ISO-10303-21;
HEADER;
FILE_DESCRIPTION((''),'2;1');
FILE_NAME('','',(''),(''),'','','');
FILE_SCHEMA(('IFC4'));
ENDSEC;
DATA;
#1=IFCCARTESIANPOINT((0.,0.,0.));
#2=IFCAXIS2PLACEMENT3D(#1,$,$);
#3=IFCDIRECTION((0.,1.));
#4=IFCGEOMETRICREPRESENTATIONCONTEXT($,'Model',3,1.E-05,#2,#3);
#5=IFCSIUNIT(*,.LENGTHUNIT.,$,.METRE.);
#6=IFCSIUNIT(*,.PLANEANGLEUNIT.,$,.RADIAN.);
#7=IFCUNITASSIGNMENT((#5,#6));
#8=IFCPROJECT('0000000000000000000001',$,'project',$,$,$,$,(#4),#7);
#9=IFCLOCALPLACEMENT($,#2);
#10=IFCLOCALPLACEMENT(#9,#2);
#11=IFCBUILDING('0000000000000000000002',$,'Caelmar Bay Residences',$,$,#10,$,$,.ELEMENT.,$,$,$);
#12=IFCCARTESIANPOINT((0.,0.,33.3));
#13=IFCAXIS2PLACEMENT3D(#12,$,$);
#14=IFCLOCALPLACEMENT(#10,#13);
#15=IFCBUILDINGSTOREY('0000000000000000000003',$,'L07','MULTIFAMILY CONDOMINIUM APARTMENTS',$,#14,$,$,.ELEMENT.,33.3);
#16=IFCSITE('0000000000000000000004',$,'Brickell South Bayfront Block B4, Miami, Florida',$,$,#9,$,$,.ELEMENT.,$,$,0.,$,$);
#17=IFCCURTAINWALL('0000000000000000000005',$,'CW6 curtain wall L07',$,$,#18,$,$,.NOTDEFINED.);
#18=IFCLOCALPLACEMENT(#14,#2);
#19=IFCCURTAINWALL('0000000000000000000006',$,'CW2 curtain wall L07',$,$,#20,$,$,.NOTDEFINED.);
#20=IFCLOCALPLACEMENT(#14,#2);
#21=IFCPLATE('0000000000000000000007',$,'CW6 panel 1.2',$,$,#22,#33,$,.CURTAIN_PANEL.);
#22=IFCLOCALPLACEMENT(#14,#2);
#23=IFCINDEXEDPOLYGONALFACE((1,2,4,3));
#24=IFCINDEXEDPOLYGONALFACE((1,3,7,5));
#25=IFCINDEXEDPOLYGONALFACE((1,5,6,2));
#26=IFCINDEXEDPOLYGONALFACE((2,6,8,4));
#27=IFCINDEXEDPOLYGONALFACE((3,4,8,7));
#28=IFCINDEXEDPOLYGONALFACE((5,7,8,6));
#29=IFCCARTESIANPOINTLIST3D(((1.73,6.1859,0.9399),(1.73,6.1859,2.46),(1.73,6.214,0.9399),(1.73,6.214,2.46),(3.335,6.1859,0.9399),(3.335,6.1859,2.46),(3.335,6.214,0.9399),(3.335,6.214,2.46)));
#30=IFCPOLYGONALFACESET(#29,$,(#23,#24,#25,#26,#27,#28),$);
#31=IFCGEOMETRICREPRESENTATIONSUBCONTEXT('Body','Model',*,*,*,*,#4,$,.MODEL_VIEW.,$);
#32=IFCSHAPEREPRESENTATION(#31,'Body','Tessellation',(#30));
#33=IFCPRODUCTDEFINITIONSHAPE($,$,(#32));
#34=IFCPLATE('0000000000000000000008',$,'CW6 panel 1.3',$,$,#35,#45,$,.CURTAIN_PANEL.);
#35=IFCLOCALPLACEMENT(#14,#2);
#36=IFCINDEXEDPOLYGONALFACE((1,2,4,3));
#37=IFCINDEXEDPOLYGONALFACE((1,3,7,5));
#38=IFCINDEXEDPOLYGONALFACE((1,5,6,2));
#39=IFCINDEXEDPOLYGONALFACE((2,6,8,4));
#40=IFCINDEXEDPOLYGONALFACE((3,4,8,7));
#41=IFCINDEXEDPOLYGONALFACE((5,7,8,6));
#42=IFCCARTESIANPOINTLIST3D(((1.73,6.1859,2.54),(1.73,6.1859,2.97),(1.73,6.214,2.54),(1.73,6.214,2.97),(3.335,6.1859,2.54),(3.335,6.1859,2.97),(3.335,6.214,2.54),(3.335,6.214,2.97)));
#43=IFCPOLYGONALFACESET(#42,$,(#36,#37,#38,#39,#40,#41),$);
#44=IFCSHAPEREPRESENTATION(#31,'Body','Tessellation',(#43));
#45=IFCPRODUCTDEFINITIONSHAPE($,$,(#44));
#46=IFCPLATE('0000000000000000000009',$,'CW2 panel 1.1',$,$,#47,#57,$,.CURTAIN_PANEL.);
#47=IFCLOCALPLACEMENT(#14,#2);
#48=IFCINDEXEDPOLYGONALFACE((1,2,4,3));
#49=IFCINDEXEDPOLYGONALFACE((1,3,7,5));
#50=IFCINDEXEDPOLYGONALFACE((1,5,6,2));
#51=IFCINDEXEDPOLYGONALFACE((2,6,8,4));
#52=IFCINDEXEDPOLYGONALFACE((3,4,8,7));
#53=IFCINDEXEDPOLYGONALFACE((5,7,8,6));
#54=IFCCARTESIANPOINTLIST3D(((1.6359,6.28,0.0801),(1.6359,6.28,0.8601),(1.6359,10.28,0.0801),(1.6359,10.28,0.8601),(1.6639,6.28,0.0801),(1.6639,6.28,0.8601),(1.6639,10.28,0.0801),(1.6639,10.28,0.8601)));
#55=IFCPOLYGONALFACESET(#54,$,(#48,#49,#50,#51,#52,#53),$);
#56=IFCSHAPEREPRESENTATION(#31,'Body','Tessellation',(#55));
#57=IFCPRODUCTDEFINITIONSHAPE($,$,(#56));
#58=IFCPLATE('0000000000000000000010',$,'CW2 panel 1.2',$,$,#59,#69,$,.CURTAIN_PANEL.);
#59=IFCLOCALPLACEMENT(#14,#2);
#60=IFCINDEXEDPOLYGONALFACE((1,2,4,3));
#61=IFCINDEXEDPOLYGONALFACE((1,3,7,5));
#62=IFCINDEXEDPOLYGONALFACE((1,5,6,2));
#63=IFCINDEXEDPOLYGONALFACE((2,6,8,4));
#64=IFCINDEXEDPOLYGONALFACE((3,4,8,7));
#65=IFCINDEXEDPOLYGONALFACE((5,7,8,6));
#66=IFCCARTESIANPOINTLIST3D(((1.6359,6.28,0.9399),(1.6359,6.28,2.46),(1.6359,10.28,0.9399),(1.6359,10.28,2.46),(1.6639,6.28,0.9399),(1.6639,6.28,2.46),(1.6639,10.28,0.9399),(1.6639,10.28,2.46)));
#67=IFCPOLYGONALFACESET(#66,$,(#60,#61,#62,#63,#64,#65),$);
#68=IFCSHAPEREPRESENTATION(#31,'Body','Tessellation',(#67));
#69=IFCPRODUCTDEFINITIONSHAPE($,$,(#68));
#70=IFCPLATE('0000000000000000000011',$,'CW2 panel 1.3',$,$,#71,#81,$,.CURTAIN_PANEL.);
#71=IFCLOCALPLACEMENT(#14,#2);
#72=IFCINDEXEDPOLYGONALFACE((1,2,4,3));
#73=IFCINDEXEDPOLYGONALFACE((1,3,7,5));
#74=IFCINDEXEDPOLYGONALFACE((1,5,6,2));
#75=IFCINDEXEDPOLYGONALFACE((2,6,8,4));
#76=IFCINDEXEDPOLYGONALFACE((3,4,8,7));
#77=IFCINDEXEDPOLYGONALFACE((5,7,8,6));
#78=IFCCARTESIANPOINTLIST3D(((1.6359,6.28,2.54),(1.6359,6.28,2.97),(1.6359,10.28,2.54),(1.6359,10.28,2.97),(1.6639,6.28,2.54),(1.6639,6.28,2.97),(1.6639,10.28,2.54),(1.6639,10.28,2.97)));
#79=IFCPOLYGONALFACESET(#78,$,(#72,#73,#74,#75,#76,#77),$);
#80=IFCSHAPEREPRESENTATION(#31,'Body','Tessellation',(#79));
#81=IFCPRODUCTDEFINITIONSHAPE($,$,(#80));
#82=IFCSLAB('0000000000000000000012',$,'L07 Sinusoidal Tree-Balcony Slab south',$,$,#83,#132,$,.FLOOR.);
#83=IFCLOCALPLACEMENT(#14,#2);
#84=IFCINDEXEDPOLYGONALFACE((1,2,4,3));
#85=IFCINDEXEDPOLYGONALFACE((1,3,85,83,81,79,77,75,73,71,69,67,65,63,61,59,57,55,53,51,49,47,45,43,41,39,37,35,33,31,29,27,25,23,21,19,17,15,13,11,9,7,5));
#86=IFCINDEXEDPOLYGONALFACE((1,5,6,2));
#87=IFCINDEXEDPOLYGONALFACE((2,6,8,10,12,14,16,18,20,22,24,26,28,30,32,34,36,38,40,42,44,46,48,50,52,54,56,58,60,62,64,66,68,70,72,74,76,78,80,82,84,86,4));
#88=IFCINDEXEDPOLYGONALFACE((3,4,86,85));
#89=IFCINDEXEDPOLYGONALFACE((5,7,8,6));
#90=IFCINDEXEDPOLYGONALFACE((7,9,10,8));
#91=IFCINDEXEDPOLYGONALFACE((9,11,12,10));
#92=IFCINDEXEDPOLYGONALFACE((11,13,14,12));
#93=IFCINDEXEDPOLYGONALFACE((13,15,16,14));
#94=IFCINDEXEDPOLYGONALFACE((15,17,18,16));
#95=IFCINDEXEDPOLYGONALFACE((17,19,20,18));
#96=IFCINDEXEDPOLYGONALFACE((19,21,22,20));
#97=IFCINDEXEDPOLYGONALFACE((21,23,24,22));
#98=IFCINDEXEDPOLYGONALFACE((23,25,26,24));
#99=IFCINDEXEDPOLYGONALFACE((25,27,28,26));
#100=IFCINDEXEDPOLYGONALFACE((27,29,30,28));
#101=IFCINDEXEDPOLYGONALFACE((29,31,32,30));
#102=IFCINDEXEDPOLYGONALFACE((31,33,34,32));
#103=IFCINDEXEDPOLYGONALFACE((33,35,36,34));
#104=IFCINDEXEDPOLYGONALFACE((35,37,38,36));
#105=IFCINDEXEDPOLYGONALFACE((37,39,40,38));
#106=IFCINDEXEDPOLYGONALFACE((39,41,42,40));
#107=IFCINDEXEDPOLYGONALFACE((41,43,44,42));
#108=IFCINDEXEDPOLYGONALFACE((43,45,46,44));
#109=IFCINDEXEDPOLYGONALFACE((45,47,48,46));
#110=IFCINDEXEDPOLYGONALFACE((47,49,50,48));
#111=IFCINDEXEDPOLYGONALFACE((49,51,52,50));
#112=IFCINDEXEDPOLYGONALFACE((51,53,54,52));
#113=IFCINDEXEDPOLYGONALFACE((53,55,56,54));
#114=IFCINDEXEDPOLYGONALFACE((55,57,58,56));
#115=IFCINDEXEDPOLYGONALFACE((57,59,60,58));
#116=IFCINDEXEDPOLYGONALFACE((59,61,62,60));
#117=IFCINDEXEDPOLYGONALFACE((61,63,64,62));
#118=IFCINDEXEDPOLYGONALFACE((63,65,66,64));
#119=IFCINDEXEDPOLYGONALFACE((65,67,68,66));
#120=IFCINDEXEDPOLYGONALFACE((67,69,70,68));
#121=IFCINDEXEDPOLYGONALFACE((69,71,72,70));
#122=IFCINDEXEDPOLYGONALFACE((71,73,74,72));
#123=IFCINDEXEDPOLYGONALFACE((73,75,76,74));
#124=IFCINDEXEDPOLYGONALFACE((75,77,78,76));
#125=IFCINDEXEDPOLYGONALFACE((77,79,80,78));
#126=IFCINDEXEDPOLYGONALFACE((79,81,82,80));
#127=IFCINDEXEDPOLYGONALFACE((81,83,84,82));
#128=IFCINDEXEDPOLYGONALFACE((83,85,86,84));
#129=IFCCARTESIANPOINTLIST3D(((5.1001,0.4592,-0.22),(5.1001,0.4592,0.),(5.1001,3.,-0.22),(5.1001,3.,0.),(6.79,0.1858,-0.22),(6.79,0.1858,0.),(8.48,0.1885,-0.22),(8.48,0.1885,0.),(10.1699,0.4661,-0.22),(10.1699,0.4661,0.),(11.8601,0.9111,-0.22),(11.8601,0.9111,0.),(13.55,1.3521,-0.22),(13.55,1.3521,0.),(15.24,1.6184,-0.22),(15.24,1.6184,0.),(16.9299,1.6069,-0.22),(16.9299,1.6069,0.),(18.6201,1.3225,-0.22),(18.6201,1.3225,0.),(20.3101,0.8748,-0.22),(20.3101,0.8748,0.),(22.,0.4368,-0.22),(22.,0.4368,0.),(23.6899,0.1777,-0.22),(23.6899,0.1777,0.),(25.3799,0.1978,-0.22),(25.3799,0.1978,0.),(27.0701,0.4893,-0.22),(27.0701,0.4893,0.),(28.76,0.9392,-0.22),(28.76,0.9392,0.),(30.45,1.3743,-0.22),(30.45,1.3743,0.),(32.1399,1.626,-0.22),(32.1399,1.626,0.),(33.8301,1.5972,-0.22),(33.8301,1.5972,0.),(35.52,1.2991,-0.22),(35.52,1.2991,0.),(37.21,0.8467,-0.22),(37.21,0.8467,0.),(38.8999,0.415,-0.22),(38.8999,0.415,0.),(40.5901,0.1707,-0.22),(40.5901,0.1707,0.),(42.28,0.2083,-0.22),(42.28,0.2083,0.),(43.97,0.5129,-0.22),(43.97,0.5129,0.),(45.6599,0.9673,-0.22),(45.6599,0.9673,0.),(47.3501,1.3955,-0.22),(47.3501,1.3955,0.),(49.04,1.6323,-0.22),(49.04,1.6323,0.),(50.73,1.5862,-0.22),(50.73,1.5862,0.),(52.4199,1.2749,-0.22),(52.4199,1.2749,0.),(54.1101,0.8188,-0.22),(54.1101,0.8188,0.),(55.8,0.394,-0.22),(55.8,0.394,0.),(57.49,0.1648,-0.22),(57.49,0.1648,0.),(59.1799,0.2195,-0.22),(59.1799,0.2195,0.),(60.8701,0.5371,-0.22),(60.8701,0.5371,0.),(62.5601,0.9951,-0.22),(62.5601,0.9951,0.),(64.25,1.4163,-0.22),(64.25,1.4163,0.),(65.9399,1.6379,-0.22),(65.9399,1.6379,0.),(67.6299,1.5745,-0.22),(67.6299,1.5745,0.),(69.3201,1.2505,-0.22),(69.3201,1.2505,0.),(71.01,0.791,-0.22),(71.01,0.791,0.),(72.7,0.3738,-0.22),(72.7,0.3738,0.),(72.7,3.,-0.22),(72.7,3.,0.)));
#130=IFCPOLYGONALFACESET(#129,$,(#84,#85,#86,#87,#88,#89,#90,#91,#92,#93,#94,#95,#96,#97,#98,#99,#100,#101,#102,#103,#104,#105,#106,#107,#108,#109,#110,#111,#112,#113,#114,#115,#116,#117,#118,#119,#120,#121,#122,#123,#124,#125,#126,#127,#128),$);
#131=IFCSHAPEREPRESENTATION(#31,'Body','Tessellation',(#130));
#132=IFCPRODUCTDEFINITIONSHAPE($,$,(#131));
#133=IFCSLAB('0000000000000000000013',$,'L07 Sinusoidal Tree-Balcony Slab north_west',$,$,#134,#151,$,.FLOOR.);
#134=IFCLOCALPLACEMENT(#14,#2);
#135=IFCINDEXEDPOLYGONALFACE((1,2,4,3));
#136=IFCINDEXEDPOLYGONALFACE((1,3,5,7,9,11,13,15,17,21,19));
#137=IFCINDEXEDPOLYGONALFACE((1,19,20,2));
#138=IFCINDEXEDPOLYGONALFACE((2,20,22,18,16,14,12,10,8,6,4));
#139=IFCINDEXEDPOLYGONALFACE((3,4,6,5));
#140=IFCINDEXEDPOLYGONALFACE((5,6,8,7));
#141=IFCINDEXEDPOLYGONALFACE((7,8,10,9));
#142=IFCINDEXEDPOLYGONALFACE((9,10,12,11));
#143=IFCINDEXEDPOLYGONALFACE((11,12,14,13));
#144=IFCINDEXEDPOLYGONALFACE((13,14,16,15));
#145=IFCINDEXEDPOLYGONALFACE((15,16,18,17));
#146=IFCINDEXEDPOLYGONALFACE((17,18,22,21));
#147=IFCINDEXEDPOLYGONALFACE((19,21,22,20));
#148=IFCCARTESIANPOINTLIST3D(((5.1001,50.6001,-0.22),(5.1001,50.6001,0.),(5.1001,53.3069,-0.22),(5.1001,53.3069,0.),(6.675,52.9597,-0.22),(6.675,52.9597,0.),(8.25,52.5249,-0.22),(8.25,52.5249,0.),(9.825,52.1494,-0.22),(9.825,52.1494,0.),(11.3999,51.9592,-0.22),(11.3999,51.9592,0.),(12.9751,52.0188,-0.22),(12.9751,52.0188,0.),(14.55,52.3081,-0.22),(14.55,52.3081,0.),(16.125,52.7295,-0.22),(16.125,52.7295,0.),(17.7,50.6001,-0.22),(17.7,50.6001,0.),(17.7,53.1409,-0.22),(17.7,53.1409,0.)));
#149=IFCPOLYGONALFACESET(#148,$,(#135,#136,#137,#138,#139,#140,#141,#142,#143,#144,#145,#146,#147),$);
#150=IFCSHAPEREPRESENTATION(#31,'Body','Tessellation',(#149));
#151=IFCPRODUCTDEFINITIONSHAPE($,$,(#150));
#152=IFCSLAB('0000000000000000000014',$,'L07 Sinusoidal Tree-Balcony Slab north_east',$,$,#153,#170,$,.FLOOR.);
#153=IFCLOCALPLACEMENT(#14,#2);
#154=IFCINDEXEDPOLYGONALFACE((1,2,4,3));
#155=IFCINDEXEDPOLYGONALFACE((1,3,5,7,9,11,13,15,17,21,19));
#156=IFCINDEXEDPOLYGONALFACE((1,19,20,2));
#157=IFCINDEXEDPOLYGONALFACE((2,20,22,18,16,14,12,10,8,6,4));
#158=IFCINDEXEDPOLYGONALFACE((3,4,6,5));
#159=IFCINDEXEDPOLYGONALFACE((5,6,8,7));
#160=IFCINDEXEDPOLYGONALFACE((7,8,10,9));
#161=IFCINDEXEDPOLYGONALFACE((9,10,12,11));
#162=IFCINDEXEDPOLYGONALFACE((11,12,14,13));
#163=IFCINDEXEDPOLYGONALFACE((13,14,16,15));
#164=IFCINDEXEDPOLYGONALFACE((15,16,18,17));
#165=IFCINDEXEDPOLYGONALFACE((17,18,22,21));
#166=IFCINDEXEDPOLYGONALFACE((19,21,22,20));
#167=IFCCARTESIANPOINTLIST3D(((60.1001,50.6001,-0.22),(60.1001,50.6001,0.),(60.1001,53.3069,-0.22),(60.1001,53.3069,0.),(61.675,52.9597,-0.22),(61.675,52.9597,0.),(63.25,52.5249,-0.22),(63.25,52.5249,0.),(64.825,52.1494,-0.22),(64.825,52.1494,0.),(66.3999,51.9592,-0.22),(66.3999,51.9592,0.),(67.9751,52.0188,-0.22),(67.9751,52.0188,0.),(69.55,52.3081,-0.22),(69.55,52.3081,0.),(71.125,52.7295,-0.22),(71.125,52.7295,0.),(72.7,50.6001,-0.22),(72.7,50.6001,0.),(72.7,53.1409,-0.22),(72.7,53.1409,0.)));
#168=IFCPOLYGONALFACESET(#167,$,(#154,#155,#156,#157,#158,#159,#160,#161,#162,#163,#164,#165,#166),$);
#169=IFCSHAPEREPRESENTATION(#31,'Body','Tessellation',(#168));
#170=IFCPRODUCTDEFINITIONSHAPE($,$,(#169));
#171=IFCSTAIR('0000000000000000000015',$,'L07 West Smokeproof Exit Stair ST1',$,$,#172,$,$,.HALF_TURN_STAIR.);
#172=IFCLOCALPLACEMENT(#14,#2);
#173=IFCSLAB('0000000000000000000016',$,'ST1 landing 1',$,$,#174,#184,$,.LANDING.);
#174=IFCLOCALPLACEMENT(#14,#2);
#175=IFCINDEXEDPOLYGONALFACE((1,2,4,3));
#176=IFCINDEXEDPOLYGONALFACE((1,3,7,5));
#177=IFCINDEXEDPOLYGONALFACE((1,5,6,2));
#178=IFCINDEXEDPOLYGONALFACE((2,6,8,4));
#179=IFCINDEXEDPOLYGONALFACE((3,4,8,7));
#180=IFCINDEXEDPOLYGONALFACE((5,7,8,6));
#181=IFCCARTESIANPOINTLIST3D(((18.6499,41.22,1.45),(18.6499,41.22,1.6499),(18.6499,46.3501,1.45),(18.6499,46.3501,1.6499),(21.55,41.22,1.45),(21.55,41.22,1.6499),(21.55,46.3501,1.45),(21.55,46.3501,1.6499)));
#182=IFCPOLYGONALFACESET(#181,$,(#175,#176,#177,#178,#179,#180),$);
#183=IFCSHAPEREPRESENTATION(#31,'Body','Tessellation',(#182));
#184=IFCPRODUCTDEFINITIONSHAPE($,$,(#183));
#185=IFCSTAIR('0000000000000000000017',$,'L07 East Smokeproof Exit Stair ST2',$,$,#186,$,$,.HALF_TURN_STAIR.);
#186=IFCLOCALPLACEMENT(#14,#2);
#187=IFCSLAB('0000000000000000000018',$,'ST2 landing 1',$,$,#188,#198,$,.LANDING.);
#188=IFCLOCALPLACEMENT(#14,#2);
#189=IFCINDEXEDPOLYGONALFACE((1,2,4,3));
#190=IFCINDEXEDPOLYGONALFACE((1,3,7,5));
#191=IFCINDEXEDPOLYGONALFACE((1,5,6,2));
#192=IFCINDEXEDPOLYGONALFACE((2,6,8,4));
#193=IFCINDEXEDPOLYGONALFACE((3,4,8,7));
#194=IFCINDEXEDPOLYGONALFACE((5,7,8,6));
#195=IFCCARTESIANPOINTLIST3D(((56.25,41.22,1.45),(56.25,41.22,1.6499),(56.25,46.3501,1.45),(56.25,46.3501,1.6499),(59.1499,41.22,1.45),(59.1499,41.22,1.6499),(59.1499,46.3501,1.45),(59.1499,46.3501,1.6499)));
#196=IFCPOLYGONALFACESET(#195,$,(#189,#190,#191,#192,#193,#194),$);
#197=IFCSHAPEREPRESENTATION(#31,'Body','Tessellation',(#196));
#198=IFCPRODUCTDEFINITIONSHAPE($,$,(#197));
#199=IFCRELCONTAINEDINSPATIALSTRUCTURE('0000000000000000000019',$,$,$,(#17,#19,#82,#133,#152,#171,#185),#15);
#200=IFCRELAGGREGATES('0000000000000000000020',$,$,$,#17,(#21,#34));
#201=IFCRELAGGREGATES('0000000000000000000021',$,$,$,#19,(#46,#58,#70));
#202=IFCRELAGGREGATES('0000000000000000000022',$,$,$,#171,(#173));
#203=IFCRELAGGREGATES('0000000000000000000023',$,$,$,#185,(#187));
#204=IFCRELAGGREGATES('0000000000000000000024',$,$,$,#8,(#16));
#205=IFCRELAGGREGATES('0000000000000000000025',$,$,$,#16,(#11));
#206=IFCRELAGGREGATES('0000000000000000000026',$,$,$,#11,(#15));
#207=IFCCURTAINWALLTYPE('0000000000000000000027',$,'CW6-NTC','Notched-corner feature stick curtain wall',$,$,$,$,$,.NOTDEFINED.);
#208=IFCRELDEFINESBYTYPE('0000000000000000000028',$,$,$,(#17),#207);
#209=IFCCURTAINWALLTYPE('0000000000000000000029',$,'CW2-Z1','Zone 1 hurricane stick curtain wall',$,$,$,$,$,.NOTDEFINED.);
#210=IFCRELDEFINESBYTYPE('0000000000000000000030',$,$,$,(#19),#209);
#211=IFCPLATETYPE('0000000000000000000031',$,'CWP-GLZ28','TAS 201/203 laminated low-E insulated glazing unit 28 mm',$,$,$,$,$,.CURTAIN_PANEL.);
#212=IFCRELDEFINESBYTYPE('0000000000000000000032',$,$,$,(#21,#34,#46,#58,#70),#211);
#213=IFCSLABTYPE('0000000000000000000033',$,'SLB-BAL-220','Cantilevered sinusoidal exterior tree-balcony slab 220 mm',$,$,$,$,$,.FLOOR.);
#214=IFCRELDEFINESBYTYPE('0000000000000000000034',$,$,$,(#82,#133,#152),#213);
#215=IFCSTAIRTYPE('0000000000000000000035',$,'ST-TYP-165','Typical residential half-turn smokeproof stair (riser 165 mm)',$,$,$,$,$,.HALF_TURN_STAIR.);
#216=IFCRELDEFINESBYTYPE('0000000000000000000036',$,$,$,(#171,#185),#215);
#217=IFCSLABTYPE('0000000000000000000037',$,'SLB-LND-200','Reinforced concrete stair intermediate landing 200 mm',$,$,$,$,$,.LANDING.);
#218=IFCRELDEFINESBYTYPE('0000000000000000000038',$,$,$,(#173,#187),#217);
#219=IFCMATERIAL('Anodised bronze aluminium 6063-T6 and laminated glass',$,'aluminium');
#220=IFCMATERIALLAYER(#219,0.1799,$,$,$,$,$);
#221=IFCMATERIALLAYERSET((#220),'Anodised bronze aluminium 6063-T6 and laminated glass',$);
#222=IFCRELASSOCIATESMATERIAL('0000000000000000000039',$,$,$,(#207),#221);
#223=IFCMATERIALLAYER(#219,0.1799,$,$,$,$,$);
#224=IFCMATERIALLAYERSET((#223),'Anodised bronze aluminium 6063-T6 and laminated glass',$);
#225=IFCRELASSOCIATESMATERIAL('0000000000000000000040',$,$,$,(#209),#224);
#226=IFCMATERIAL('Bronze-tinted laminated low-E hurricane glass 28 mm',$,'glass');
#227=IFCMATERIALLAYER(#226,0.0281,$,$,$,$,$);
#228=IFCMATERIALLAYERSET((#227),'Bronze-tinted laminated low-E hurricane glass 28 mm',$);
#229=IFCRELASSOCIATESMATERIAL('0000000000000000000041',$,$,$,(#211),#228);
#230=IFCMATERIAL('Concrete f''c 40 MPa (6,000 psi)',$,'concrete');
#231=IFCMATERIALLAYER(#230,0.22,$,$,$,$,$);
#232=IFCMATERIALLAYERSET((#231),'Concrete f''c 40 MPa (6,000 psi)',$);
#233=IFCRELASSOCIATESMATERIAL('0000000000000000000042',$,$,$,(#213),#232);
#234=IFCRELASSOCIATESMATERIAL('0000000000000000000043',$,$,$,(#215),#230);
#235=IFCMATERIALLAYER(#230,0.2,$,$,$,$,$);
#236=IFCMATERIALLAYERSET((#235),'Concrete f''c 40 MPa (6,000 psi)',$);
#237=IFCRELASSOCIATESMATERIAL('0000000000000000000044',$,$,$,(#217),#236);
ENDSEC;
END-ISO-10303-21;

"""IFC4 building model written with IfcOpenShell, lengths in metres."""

from ifc_helpers import new_model, si_unit, direction, frame, origin, origin_2d, place, context, subcontext, project, spatial, polyline, rectangle, outline, extrude, material, layer, layer_set, type_object, element, aggregate, save


model = new_model("IFC4")

# Units and contexts
model_context = context("Model", 3, precision=1e-05, world=origin(), true_north=direction((0.0, 1.0)))
body_context = subcontext(model_context, "Body", "Model", "MODEL_VIEW")
ifc_project = project(units=[si_unit("LENGTHUNIT", "METRE"), si_unit("PLANEANGLEUNIT", "RADIAN")], contexts=[model_context])

# Site, building, storey
site_placement = place(None, origin())
site = spatial("IfcSite", under=ifc_project, at=site_placement, Name="Brickell South Bayfront Block B4, Miami, Florida", CompositionType="ELEMENT", RefElevation=0.0)
building_placement = place(site_placement, origin())
building = spatial("IfcBuilding", under=site, at=building_placement, Name="Caelmar Bay Residences", CompositionType="ELEMENT")
storey_placement = place(building_placement, frame((0.0, 0.0, 33.3)))
storey = spatial("IfcBuildingStorey", under=building, at=storey_placement, Name="L07", Description="MULTIFAMILY CONDOMINIUM APARTMENTS", CompositionType="ELEMENT", Elevation=33.3)

# Curtain wall
ifc_material_1 = material(Name="Anodised bronze aluminium 6063-T6 and laminated glass", Category="aluminium")
ifc_layer_1 = layer(ifc_material_1, 0.1799)
ifc_layer_set_1 = layer_set([ifc_layer_1], Name="Anodised bronze aluminium 6063-T6 and laminated glass")
curtain_wall_type_1 = type_object("IfcCurtainWallType", Name="CW6-NTC", Description="Notched-corner feature stick curtain wall", PredefinedType="NOTDEFINED", material=ifc_layer_set_1)
curtain_wall_1_placement = place(storey_placement, origin())
curtain_wall_1 = element("IfcCurtainWall", 1, at=curtain_wall_1_placement, inside=storey, type_object=curtain_wall_type_1, Name="CW6 curtain wall L07", PredefinedType="NOTDEFINED")

# Curtain wall
ifc_layer_2 = layer(ifc_material_1, 0.1799)
ifc_layer_set_2 = layer_set([ifc_layer_2], Name="Anodised bronze aluminium 6063-T6 and laminated glass")
curtain_wall_type_2 = type_object("IfcCurtainWallType", Name="CW2-Z1", Description="Zone 1 hurricane stick curtain wall", PredefinedType="NOTDEFINED", material=ifc_layer_set_2)
curtain_wall_2_placement = place(storey_placement, origin())
curtain_wall_2 = element("IfcCurtainWall", 2, at=curtain_wall_2_placement, inside=storey, type_object=curtain_wall_type_2, Name="CW2 curtain wall L07", PredefinedType="NOTDEFINED")

# Plates
ifc_material_2 = material(Name="Bronze-tinted laminated low-E hurricane glass 28 mm", Category="glass")
ifc_layer_3 = layer(ifc_material_2, 0.0281)
ifc_layer_set_3 = layer_set([ifc_layer_3], Name="Bronze-tinted laminated low-E hurricane glass 28 mm")
plate_type = type_object("IfcPlateType", Name="CWP-GLZ28", Description="TAS 201/203 laminated low-E insulated glazing unit 28 mm", PredefinedType="CURTAIN_PANEL", material=ifc_layer_set_3)
plate_1_placement = place(storey_placement, frame((2.5325, 6.2, 0.9399), z_axis=(0.0, 0.0, 1.0), x_axis=(1.0, 0.0, 0.0)))
plate_1 = element("IfcPlate", 3, at=plate_1_placement, type_object=plate_type, Name="CW6 panel 1.2", PredefinedType="CURTAIN_PANEL", context=body_context, shape_type="SweptSolid", body=[
    extrude(rectangle(XDim=1.605, YDim=0.0281, at=origin_2d()), origin(), (0.0, 0.0, 1.0), 1.52),
])
plate_2_placement = place(storey_placement, frame((2.5325, 6.2, 2.54), z_axis=(0.0, 0.0, 1.0), x_axis=(1.0, 0.0, 0.0)))
plate_2 = element("IfcPlate", 4, at=plate_2_placement, type_object=plate_type, Name="CW6 panel 1.3", PredefinedType="CURTAIN_PANEL", context=body_context, shape_type="SweptSolid", body=[
    extrude(rectangle(XDim=1.605, YDim=0.0281, at=origin_2d()), origin(), (0.0, 0.0, 1.0), 0.4299),
])
aggregate(curtain_wall_1, [plate_1, plate_2])
plate_3_placement = place(storey_placement, frame((1.6499, 8.28, 0.0801), z_axis=(0.0, 0.0, 1.0), x_axis=(0.0, 1.0, 0.0)))
plate_3 = element("IfcPlate", 5, at=plate_3_placement, type_object=plate_type, Name="CW2 panel 1.1", PredefinedType="CURTAIN_PANEL", context=body_context, shape_type="SweptSolid", body=[
    extrude(rectangle(XDim=4.0, YDim=0.0281, at=origin_2d()), origin(), (0.0, 0.0, 1.0), 0.78),
])
plate_4_placement = place(storey_placement, frame((1.6499, 8.28, 0.9399), z_axis=(0.0, 0.0, 1.0), x_axis=(0.0, 1.0, 0.0)))
plate_4 = element("IfcPlate", 6, at=plate_4_placement, type_object=plate_type, Name="CW2 panel 1.2", PredefinedType="CURTAIN_PANEL", context=body_context, shape_type="SweptSolid", body=[
    extrude(rectangle(XDim=4.0, YDim=0.0281, at=origin_2d()), origin(), (0.0, 0.0, 1.0), 1.52),
])
plate_5_placement = place(storey_placement, frame((1.6499, 8.28, 2.54), z_axis=(0.0, 0.0, 1.0), x_axis=(0.0, 1.0, 0.0)))
plate_5 = element("IfcPlate", 7, at=plate_5_placement, type_object=plate_type, Name="CW2 panel 1.3", PredefinedType="CURTAIN_PANEL", context=body_context, shape_type="SweptSolid", body=[
    extrude(rectangle(XDim=4.0, YDim=0.0281, at=origin_2d()), origin(), (0.0, 0.0, 1.0), 0.4299),
])
aggregate(curtain_wall_2, [plate_3, plate_4, plate_5])

# Slabs
ifc_material_3 = material(Name="Concrete f'c 40 MPa (6,000 psi)", Category="concrete")
ifc_layer_4 = layer(ifc_material_3, 0.22)
ifc_layer_set_4 = layer_set([ifc_layer_4], Name="Concrete f'c 40 MPa (6,000 psi)")
slab_type_1 = type_object("IfcSlabType", Name="SLB-BAL-220", Description="Cantilevered sinusoidal exterior tree-balcony slab 220 mm", PredefinedType="FLOOR", material=ifc_layer_set_4)
slab_1_placement = place(storey_placement, frame((0.0, 0.0, -0.22)))
element("IfcSlab", 8, at=slab_1_placement, inside=storey, type_object=slab_type_1, Name="L07 Sinusoidal Tree-Balcony Slab south", PredefinedType="FLOOR", context=body_context, shape_type="SweptSolid", body=[
    extrude(outline(polyline([(5.1001, 0.4592), (6.79, 0.1858), (8.48, 0.1885), (10.1699, 0.4661), (11.8601, 0.9111), (13.55, 1.3521), (15.24, 1.6184), (16.9299, 1.6069), (18.6201, 1.3225), (20.3101, 0.8748), (22.0, 0.4368), (23.6899, 0.1777), (25.3799, 0.1978), (27.0701, 0.4893), (28.76, 0.9392), (30.45, 1.3743), (32.1399, 1.626), (33.8301, 1.5972), (35.52, 1.2991), (37.21, 0.8467), (38.8999, 0.415), (40.5901, 0.1707), (42.28, 0.2083), (43.97, 0.5129), (45.6599, 0.9673), (47.3501, 1.3955), (49.04, 1.6323), (50.73, 1.5862), (52.4199, 1.2749), (54.1101, 0.8188), (55.8, 0.394), (57.49, 0.1648), (59.1799, 0.2195), (60.8701, 0.5371), (62.5601, 0.9951), (64.25, 1.4163), (65.9399, 1.6379), (67.6299, 1.5745), (69.3201, 1.2505), (71.01, 0.791), (72.7, 0.3738), (72.7, 3.0), (5.1001, 3.0), (5.1001, 0.4592)])), origin(), (0.0, 0.0, 1.0), 0.22),
])
slab_2_placement = place(storey_placement, frame((0.0, 0.0, -0.22)))
element("IfcSlab", 9, at=slab_2_placement, inside=storey, type_object=slab_type_1, Name="L07 Sinusoidal Tree-Balcony Slab north_west", PredefinedType="FLOOR", context=body_context, shape_type="SweptSolid", body=[
    extrude(outline(polyline([(5.1001, 50.6001), (17.7, 50.6001), (17.7, 53.1409), (16.125, 52.7295), (14.55, 52.3081), (12.9751, 52.0188), (11.3999, 51.9592), (9.825, 52.1494), (8.25, 52.5249), (6.675, 52.9597), (5.1001, 53.3069), (5.1001, 50.6001)])), origin(), (0.0, 0.0, 1.0), 0.22),
])
slab_3_placement = place(storey_placement, frame((0.0, 0.0, -0.22)))
element("IfcSlab", 10, at=slab_3_placement, inside=storey, type_object=slab_type_1, Name="L07 Sinusoidal Tree-Balcony Slab north_east", PredefinedType="FLOOR", context=body_context, shape_type="SweptSolid", body=[
    extrude(outline(polyline([(60.1001, 50.6001), (72.7, 50.6001), (72.7, 53.1409), (71.125, 52.7295), (69.55, 52.3081), (67.9751, 52.0188), (66.3999, 51.9592), (64.825, 52.1494), (63.25, 52.5249), (61.675, 52.9597), (60.1001, 53.3069), (60.1001, 50.6001)])), origin(), (0.0, 0.0, 1.0), 0.22),
])

# Stairs, slabs
stair_type = type_object("IfcStairType", Name="ST-TYP-165", Description="Typical residential half-turn smokeproof stair (riser 165 mm)", PredefinedType="HALF_TURN_STAIR", material=ifc_material_3)
stair_1_placement = place(storey_placement, origin())
stair_1 = element("IfcStair", 11, at=stair_1_placement, inside=storey, type_object=stair_type, Name="L07 West Smokeproof Exit Stair ST1", PredefinedType="HALF_TURN_STAIR")
ifc_layer_5 = layer(ifc_material_3, 0.2)
ifc_layer_set_5 = layer_set([ifc_layer_5], Name="Concrete f'c 40 MPa (6,000 psi)")
slab_type_2 = type_object("IfcSlabType", Name="SLB-LND-200", Description="Reinforced concrete stair intermediate landing 200 mm", PredefinedType="LANDING", material=ifc_layer_set_5)
slab_4_placement = place(storey_placement, frame((0.0, 0.0, 1.45)))
slab_4 = element("IfcSlab", 12, at=slab_4_placement, type_object=slab_type_2, Name="ST1 landing 1", PredefinedType="LANDING", context=body_context, shape_type="SweptSolid", body=[
    extrude(outline(polyline([(21.55, 41.22), (21.55, 46.3501), (18.6499, 46.3501), (18.6499, 41.22), (21.55, 41.22)])), origin(), (0.0, 0.0, 1.0), 0.2),
])
aggregate(stair_1, [slab_4])
stair_2_placement = place(storey_placement, origin())
stair_2 = element("IfcStair", 13, at=stair_2_placement, inside=storey, type_object=stair_type, Name="L07 East Smokeproof Exit Stair ST2", PredefinedType="HALF_TURN_STAIR")
slab_5_placement = place(storey_placement, frame((0.0, 0.0, 1.45)))
slab_5 = element("IfcSlab", 14, at=slab_5_placement, type_object=slab_type_2, Name="ST2 landing 1", PredefinedType="LANDING", context=body_context, shape_type="SweptSolid", body=[
    extrude(outline(polyline([(59.1499, 41.22), (59.1499, 46.3501), (56.25, 46.3501), (56.25, 41.22), (59.1499, 41.22)])), origin(), (0.0, 0.0, 1.0), 0.2),
])
aggregate(stair_2, [slab_5])

save(model, "model.ifc")
